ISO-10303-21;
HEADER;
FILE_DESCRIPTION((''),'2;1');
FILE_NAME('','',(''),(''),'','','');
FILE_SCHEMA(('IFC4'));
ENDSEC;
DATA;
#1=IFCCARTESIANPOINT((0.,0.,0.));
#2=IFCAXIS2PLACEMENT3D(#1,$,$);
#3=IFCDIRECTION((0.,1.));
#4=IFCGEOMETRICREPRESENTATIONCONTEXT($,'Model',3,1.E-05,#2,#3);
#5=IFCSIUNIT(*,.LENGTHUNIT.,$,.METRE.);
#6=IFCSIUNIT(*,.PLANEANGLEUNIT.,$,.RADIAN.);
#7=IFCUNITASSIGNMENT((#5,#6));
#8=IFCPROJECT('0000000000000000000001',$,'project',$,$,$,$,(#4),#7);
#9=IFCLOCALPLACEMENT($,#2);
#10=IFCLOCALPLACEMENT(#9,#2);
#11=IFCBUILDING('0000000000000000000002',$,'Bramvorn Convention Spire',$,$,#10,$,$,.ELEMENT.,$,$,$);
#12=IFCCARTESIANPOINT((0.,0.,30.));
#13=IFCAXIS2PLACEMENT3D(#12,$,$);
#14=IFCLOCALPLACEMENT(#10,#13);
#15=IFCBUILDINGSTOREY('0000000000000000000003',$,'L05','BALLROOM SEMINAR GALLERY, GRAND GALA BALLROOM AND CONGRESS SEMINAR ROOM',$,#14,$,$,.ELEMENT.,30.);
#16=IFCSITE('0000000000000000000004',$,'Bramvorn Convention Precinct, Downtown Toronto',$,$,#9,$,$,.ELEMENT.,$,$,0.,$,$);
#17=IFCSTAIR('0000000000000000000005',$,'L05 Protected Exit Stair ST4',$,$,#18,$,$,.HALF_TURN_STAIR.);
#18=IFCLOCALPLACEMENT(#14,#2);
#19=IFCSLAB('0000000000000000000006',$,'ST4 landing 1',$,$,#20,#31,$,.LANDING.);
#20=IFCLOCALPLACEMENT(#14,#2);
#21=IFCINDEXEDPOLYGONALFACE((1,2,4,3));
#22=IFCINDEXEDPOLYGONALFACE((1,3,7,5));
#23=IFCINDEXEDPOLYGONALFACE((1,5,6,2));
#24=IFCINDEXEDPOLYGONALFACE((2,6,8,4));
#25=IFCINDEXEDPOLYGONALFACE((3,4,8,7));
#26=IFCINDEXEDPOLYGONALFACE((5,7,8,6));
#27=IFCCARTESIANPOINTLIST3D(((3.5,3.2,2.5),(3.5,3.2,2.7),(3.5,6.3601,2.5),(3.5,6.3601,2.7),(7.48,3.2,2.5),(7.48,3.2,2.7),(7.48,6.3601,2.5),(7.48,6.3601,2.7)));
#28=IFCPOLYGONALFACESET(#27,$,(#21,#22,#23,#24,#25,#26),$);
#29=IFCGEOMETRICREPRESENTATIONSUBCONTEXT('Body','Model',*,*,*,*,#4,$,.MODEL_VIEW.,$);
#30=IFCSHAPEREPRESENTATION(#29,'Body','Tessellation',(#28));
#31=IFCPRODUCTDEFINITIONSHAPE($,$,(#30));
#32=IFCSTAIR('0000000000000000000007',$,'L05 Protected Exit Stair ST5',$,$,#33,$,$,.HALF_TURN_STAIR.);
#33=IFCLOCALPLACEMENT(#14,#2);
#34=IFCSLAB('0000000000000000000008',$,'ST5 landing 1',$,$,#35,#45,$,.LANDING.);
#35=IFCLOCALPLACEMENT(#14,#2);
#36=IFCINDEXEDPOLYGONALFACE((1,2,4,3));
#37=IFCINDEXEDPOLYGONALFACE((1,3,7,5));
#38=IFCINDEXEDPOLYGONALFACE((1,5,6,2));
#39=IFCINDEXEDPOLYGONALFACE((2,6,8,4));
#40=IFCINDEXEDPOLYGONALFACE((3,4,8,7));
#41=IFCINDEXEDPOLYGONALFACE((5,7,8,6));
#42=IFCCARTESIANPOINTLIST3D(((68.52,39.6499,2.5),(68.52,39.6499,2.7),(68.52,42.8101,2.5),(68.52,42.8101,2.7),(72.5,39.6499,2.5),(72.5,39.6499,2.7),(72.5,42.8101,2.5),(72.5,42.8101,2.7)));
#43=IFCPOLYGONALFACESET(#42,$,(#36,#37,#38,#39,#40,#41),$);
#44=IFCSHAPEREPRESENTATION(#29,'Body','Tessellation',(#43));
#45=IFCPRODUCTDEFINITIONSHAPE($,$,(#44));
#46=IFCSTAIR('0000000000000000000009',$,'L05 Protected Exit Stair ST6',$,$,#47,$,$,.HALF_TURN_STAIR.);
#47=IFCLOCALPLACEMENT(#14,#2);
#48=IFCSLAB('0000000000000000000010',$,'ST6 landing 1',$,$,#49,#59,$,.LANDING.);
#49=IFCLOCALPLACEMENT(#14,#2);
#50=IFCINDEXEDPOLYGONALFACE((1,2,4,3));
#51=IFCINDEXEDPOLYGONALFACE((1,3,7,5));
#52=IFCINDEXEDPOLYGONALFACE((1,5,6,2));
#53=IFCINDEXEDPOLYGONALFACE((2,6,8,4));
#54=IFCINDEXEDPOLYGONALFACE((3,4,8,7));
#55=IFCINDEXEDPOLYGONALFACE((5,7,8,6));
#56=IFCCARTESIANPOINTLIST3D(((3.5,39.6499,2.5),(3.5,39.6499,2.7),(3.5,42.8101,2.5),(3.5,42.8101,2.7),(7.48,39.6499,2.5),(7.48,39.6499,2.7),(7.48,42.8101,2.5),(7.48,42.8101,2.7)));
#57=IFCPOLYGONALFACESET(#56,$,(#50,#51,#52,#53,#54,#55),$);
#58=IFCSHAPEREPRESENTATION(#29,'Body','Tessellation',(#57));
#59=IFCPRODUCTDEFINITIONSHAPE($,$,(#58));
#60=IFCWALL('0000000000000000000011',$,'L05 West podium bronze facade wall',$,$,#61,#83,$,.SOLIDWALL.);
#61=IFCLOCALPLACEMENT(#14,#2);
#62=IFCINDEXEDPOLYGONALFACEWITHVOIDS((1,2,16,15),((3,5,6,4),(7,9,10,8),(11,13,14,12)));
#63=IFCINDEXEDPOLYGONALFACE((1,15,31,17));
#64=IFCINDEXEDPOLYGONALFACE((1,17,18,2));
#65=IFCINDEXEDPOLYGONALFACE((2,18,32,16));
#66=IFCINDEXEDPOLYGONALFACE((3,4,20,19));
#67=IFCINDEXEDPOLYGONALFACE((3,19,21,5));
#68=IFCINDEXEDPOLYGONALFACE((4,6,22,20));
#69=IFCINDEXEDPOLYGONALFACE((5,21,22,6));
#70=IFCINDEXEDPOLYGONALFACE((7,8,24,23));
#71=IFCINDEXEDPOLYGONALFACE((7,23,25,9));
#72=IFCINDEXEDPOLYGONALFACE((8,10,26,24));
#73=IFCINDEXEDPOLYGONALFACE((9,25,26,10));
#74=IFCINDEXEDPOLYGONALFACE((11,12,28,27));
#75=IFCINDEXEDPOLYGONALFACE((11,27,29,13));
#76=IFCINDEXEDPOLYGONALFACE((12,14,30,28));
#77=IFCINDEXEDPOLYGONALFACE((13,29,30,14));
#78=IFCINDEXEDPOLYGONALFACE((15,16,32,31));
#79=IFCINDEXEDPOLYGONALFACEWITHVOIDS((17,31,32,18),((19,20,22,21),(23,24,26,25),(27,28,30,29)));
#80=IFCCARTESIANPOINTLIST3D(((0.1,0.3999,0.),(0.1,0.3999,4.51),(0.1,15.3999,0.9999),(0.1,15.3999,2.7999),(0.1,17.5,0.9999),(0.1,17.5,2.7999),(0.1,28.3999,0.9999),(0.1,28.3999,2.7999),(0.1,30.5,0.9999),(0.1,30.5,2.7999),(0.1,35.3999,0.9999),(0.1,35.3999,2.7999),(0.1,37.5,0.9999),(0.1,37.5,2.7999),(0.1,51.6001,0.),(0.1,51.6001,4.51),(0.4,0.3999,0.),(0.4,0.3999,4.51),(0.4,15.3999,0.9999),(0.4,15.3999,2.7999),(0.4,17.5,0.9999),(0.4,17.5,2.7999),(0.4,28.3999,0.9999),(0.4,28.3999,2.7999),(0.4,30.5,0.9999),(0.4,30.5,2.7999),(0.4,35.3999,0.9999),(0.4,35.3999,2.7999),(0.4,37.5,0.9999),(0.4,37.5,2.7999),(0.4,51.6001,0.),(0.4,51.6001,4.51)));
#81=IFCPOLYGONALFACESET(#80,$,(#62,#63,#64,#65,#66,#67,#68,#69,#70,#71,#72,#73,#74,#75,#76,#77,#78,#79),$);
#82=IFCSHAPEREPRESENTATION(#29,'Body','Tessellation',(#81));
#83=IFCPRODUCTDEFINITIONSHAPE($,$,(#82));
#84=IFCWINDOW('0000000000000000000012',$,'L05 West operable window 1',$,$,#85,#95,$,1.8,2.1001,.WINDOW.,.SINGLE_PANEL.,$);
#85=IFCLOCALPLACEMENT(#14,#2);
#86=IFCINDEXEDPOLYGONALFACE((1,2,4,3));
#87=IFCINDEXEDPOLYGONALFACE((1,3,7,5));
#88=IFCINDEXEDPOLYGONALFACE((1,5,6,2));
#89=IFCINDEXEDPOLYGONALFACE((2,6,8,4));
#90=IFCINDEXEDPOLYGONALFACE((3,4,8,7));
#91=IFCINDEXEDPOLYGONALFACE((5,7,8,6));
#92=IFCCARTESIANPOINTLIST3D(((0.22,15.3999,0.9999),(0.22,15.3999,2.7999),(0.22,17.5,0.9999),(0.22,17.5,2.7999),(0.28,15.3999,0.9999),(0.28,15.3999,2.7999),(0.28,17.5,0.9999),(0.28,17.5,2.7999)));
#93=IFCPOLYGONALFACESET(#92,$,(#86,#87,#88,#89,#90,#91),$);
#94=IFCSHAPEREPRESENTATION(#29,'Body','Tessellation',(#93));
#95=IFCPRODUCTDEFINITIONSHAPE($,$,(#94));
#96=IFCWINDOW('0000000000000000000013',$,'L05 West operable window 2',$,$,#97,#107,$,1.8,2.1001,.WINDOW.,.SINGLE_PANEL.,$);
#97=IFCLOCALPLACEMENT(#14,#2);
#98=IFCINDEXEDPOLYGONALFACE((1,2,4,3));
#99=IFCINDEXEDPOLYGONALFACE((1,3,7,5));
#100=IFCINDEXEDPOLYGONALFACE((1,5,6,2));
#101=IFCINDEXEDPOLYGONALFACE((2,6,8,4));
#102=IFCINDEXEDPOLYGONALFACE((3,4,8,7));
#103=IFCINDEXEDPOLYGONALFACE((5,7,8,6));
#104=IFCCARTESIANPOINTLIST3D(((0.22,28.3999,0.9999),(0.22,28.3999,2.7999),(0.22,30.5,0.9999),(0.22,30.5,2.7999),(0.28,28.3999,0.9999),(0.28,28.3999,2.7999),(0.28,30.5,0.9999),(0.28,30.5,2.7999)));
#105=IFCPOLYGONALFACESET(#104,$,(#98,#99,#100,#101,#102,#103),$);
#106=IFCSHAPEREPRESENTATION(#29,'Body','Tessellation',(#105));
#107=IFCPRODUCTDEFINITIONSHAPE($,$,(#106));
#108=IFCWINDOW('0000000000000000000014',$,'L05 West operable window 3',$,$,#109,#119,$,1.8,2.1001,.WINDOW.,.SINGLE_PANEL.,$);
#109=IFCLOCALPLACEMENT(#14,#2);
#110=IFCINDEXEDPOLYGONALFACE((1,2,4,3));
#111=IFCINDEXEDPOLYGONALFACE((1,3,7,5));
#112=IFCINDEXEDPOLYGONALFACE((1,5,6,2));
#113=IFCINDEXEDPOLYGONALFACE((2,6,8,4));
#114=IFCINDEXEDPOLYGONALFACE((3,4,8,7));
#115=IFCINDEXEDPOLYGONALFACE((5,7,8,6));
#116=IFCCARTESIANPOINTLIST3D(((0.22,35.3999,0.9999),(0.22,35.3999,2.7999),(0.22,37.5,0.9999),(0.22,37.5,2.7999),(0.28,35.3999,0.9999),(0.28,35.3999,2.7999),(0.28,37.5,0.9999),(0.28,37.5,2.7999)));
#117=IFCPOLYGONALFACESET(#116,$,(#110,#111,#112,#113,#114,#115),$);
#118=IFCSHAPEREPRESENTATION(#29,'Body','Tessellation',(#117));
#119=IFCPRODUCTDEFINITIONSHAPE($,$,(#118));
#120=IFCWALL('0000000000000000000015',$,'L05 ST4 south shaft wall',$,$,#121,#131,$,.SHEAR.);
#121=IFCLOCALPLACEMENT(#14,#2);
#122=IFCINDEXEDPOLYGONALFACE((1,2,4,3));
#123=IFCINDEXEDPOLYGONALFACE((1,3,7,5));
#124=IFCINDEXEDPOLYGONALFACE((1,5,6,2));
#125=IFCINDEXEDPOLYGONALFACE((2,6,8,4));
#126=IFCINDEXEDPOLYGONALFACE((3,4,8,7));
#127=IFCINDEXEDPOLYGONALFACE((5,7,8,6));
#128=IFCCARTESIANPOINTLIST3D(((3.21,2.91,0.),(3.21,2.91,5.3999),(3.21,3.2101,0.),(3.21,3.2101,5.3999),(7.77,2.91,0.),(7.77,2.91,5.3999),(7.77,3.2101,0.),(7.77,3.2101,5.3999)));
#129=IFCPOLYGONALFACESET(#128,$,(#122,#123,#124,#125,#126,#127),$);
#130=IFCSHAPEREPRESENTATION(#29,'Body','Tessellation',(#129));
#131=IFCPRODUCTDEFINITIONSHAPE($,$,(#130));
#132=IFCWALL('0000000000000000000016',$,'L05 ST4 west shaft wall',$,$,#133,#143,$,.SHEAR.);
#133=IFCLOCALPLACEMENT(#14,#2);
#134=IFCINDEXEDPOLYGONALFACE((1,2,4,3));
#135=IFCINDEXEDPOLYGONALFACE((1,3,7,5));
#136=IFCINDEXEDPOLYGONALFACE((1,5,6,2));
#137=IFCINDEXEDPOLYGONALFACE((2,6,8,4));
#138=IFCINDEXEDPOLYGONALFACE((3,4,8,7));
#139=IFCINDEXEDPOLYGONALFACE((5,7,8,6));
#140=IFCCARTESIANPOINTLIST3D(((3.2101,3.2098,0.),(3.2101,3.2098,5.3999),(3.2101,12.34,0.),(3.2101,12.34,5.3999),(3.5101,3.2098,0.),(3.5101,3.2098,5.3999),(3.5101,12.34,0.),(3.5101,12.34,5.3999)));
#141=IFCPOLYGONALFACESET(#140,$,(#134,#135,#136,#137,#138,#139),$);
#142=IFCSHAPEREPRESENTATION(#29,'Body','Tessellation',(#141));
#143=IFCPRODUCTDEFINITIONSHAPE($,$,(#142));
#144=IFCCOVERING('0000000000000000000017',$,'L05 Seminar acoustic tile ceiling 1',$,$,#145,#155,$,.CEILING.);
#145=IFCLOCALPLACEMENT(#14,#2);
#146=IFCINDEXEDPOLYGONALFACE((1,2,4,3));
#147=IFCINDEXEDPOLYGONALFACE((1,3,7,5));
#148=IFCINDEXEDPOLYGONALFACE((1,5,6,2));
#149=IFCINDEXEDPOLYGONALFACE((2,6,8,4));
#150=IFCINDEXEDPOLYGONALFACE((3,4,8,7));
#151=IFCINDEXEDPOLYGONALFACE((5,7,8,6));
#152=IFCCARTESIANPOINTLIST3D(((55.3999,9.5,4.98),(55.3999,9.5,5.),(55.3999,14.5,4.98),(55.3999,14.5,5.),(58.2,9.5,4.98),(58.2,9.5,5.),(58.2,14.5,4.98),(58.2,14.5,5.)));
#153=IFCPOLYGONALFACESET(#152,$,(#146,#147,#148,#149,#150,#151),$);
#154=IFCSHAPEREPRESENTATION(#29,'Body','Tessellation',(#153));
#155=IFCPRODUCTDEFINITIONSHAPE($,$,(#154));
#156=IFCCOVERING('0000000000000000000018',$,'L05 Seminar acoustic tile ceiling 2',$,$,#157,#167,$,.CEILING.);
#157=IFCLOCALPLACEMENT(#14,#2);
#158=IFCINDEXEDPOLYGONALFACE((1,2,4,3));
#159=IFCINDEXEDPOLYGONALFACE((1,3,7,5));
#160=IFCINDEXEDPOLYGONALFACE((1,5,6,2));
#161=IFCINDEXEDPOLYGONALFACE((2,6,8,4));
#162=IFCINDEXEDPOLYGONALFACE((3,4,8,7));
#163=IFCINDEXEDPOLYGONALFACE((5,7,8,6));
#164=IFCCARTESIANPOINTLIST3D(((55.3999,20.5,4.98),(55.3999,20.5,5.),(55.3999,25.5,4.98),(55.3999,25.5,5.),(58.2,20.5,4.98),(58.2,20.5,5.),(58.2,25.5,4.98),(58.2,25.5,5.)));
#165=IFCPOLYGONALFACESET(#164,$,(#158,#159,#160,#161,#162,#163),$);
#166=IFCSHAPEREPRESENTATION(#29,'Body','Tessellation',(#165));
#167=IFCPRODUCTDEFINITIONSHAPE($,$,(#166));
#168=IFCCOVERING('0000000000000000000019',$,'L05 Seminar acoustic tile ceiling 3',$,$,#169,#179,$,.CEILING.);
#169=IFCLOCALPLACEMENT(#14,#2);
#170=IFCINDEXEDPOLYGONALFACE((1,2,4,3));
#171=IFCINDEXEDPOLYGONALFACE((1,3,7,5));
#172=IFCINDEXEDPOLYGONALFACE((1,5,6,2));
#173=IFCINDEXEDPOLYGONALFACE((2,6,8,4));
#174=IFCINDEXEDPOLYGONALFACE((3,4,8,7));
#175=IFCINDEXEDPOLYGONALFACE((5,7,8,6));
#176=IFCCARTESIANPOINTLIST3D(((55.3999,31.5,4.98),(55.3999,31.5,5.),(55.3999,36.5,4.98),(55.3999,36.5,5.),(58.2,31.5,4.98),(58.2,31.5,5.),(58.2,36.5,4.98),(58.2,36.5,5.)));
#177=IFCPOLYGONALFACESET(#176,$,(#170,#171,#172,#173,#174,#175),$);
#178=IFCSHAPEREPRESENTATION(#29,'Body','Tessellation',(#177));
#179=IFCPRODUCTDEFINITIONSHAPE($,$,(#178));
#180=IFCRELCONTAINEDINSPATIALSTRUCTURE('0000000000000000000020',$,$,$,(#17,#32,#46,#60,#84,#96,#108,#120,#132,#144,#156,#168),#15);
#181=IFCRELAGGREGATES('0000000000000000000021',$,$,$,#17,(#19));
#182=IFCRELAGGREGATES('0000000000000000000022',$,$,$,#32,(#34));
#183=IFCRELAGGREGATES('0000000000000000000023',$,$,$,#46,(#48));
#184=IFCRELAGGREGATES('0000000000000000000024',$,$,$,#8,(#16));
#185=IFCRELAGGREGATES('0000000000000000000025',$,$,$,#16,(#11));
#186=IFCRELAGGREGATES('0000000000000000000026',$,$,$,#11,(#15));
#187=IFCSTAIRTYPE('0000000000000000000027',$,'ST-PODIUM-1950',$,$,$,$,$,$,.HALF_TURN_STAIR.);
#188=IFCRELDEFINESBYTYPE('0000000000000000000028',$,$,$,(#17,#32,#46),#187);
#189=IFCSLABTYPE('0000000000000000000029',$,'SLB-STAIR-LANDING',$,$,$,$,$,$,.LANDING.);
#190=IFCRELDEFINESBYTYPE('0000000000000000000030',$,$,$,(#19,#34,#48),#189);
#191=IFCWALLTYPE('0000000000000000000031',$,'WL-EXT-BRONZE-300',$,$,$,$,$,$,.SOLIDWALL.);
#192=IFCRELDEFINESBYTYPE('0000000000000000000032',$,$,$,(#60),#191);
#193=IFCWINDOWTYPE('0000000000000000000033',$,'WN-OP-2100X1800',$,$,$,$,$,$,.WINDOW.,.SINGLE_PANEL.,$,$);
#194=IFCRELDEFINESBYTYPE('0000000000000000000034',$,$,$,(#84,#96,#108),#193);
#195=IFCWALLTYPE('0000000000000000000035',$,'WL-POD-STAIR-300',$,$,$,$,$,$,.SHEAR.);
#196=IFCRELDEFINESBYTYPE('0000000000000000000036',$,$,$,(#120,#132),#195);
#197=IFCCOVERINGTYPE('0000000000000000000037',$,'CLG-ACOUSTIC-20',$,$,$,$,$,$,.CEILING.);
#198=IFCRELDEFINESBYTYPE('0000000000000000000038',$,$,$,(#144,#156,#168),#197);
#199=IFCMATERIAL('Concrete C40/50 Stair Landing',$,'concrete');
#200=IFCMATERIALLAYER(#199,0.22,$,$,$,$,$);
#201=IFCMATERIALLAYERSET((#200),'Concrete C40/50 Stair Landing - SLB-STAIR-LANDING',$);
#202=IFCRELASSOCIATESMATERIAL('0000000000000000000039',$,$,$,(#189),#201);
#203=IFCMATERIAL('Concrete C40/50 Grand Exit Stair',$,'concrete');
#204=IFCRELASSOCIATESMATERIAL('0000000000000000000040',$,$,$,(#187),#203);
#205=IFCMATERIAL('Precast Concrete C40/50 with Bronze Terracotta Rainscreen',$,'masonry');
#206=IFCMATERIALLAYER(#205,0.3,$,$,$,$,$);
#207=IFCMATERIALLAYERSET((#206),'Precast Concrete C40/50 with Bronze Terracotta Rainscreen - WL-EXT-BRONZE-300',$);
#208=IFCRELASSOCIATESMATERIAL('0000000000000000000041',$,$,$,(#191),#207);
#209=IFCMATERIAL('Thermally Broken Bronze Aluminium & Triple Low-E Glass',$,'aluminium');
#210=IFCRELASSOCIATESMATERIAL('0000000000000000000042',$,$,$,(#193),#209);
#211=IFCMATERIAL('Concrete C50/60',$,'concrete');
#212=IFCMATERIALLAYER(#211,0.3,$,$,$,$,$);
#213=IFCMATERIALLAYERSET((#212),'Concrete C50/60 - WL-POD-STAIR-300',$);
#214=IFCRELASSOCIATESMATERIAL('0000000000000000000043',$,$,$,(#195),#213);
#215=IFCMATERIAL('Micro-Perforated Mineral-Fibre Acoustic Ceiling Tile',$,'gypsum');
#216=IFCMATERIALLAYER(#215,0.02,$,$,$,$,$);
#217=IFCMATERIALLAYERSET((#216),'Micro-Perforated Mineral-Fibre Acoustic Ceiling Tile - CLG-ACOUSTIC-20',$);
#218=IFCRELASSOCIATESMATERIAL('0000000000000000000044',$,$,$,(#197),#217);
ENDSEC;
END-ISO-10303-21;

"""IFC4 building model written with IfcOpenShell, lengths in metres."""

from ifc_helpers import new_model, si_unit, direction, frame, frame_2d, origin, place, context, subcontext, project, spatial, polyline, rectangle, outline, extrude, material, layer, layer_set, type_object, element, fill, aggregate, save


model = new_model("IFC4")

# Units and contexts
model_context = context("Model", 3, precision=1e-05, world=origin(), true_north=direction((0.0, 1.0)))
body_context = subcontext(model_context, "Body", "Model", "MODEL_VIEW")
ifc_project = project(units=[si_unit("LENGTHUNIT", "METRE"), si_unit("PLANEANGLEUNIT", "RADIAN")], contexts=[model_context])

# Site, building, storey
site_placement = place(None, origin())
site = spatial("IfcSite", under=ifc_project, at=site_placement, Name="Bramvorn Convention Precinct, Downtown Toronto", CompositionType="ELEMENT", RefElevation=0.0)
building_placement = place(site_placement, origin())
building = spatial("IfcBuilding", under=site, at=building_placement, Name="Bramvorn Convention Spire", CompositionType="ELEMENT")
storey_placement = place(building_placement, frame((0.0, 0.0, 30.0)))
storey = spatial("IfcBuildingStorey", under=building, at=storey_placement, Name="L05", Description="BALLROOM SEMINAR GALLERY, GRAND GALA BALLROOM AND CONGRESS SEMINAR ROOM", CompositionType="ELEMENT", Elevation=30.0)

# Shared definitions
ifc_material_1 = material(Name="Concrete C50/60", Category="concrete")

# Stairs, slabs
ifc_material_2 = material(Name="Concrete C40/50 Stair Landing", Category="concrete")
ifc_layer_1 = layer(ifc_material_2, 0.22)
ifc_layer_set_1 = layer_set([ifc_layer_1], Name="Concrete C40/50 Stair Landing - SLB-STAIR-LANDING")
slab_type_1 = type_object("IfcSlabType", Name="SLB-STAIR-LANDING", PredefinedType="LANDING", material=ifc_layer_set_1)
ifc_material_3 = material(Name="Concrete C40/50 Grand Exit Stair", Category="concrete")
stair_type_1 = type_object("IfcStairType", Name="ST-PODIUM-1950", PredefinedType="HALF_TURN_STAIR", material=ifc_material_3)
stair_1_placement = place(storey_placement, origin())
stair_1 = element("IfcStair", 1, at=stair_1_placement, inside=storey, type_object=stair_type_1, Name="L05 Protected Exit Stair ST4", PredefinedType="HALF_TURN_STAIR")
slab_1_placement = place(storey_placement, frame((0.0, 0.0, 2.5)))
slab_1 = element("IfcSlab", 2, at=slab_1_placement, type_object=slab_type_1, Name="ST4 landing 1", PredefinedType="LANDING", context=body_context, shape_type="SweptSolid", body=[
    extrude(outline(polyline([(3.5, 6.3601), (3.5, 3.2), (7.48, 3.2), (7.48, 6.3601), (3.5, 6.3601)])), origin(), (0.0, 0.0, 1.0), 0.2),
])
aggregate(stair_1, [slab_1])
stair_2_placement = place(storey_placement, origin())
stair_2 = element("IfcStair", 3, at=stair_2_placement, inside=storey, type_object=stair_type_1, Name="L05 Protected Exit Stair ST5", PredefinedType="HALF_TURN_STAIR")
slab_2_placement = place(storey_placement, frame((0.0, 0.0, 2.5)))
slab_2 = element("IfcSlab", 4, at=slab_2_placement, type_object=slab_type_1, Name="ST5 landing 1", PredefinedType="LANDING", context=body_context, shape_type="SweptSolid", body=[
    extrude(outline(polyline([(68.52, 42.8101), (68.52, 39.6499), (72.5, 39.6499), (72.5, 42.8101), (68.52, 42.8101)])), origin(), (0.0, 0.0, 1.0), 0.2),
])
aggregate(stair_2, [slab_2])
stair_3_placement = place(storey_placement, origin())
stair_3 = element("IfcStair", 5, at=stair_3_placement, inside=storey, type_object=stair_type_1, Name="L05 Protected Exit Stair ST6", PredefinedType="HALF_TURN_STAIR")
slab_3_placement = place(storey_placement, frame((0.0, 0.0, 2.5)))
slab_3 = element("IfcSlab", 6, at=slab_3_placement, type_object=slab_type_1, Name="ST6 landing 1", PredefinedType="LANDING", context=body_context, shape_type="SweptSolid", body=[
    extrude(outline(polyline([(3.5, 42.8101), (3.5, 39.6499), (7.48, 39.6499), (7.48, 42.8101), (3.5, 42.8101)])), origin(), (0.0, 0.0, 1.0), 0.2),
])
aggregate(stair_3, [slab_3])

# Wall, openings, windows
ifc_material_4 = material(Name="Precast Concrete C40/50 with Bronze Terracotta Rainscreen", Category="masonry")
ifc_layer_2 = layer(ifc_material_4, 0.3)
ifc_layer_set_2 = layer_set([ifc_layer_2], Name="Precast Concrete C40/50 with Bronze Terracotta Rainscreen - WL-EXT-BRONZE-300")
wall_type_1 = type_object("IfcWallType", Name="WL-EXT-BRONZE-300", PredefinedType="SOLIDWALL", material=ifc_layer_set_2)
wall_1_placement = place(storey_placement, frame((0.25, 0.3999, 0.0), z_axis=(0.0, 0.0, 1.0), x_axis=(0.0, 1.0, 0.0)))
wall_1 = element("IfcWall", 7, at=wall_1_placement, inside=storey, type_object=wall_type_1, Name="L05 West podium bronze facade wall", PredefinedType="SOLIDWALL", context=body_context, shape_type="SweptSolid", body=[
    extrude(rectangle(XDim=51.2002, YDim=0.3, at=frame_2d((25.6001, 0.0))), origin(), (0.0, 0.0, 1.0), 4.51),
])
opening_1_placement = place(wall_1_placement, frame((15.0, 0.0, 1.0)))
opening_1 = element("IfcOpeningElement", 8, at=opening_1_placement, cuts=wall_1, PredefinedType="OPENING", context=body_context, shape_type="SweptSolid", body=[
    extrude(rectangle(XDim=2.1001, YDim=1.8, at=frame_2d((1.05, 0.8999))), frame((0.0, 0.1599, 0.0), z_axis=(0.0, -1.0, 0.0), x_axis=(1.0, 0.0, 0.0)), (0.0, 0.0, 1.0), 0.3201),
])
opening_2_placement = place(wall_1_placement, frame((28.0, 0.0, 1.0)))
opening_2 = element("IfcOpeningElement", 9, at=opening_2_placement, cuts=wall_1, PredefinedType="OPENING", context=body_context, shape_type="SweptSolid", body=[
    extrude(rectangle(XDim=2.1001, YDim=1.8, at=frame_2d((1.05, 0.8999))), frame((0.0, 0.1599, 0.0), z_axis=(0.0, -1.0, 0.0), x_axis=(1.0, 0.0, 0.0)), (0.0, 0.0, 1.0), 0.3201),
])
opening_3_placement = place(wall_1_placement, frame((35.0, 0.0, 1.0)))
opening_3 = element("IfcOpeningElement", 10, at=opening_3_placement, cuts=wall_1, PredefinedType="OPENING", context=body_context, shape_type="SweptSolid", body=[
    extrude(rectangle(XDim=2.1001, YDim=1.8, at=frame_2d((1.05, 0.8999))), frame((0.0, 0.1599, 0.0), z_axis=(0.0, -1.0, 0.0), x_axis=(1.0, 0.0, 0.0)), (0.0, 0.0, 1.0), 0.3201),
])
ifc_material_5 = material(Name="Thermally Broken Bronze Aluminium & Triple Low-E Glass", Category="aluminium")
window_type = type_object("IfcWindowType", Name="WN-OP-2100X1800", PartitioningType="SINGLE_PANEL", PredefinedType="WINDOW", material=ifc_material_5)
window_1_placement = place(opening_1_placement, origin())
window_1 = element("IfcWindow", 11, at=window_1_placement, inside=storey, type_object=window_type, Name="L05 West operable window 1", OverallHeight=1.8, OverallWidth=2.1001, PartitioningType="SINGLE_PANEL", PredefinedType="WINDOW", context=body_context, shape_type="SweptSolid", body=[
    extrude(rectangle(XDim=2.1001, YDim=1.8, at=frame_2d((1.05, 0.8999))), frame((0.0, 0.03, 0.0), z_axis=(0.0, -1.0, 0.0), x_axis=(1.0, 0.0, 0.0)), (0.0, 0.0, 1.0), 0.0601),
])
fill(opening_1, window_1)
window_2_placement = place(opening_2_placement, origin())
window_2 = element("IfcWindow", 12, at=window_2_placement, inside=storey, type_object=window_type, Name="L05 West operable window 2", OverallHeight=1.8, OverallWidth=2.1001, PartitioningType="SINGLE_PANEL", PredefinedType="WINDOW", context=body_context, shape_type="SweptSolid", body=[
    extrude(rectangle(XDim=2.1001, YDim=1.8, at=frame_2d((1.05, 0.8999))), frame((0.0, 0.03, 0.0), z_axis=(0.0, -1.0, 0.0), x_axis=(1.0, 0.0, 0.0)), (0.0, 0.0, 1.0), 0.0601),
])
fill(opening_2, window_2)
window_3_placement = place(opening_3_placement, origin())
window_3 = element("IfcWindow", 13, at=window_3_placement, inside=storey, type_object=window_type, Name="L05 West operable window 3", OverallHeight=1.8, OverallWidth=2.1001, PartitioningType="SINGLE_PANEL", PredefinedType="WINDOW", context=body_context, shape_type="SweptSolid", body=[
    extrude(rectangle(XDim=2.1001, YDim=1.8, at=frame_2d((1.05, 0.8999))), frame((0.0, 0.03, 0.0), z_axis=(0.0, -1.0, 0.0), x_axis=(1.0, 0.0, 0.0)), (0.0, 0.0, 1.0), 0.0601),
])
fill(opening_3, window_3)

# Walls
ifc_layer_3 = layer(ifc_material_1, 0.3)
ifc_layer_set_3 = layer_set([ifc_layer_3], Name="Concrete C50/60 - WL-POD-STAIR-300")
wall_type_2 = type_object("IfcWallType", Name="WL-POD-STAIR-300", PredefinedType="SHEAR", material=ifc_layer_set_3)
wall_2_placement = place(storey_placement, frame((3.21, 3.0601, 0.0), z_axis=(0.0, 0.0, 1.0), x_axis=(1.0, 0.0, 0.0)))
element("IfcWall", 14, at=wall_2_placement, inside=storey, type_object=wall_type_2, Name="L05 ST4 south shaft wall", PredefinedType="SHEAR", context=body_context, shape_type="SweptSolid", body=[
    extrude(rectangle(XDim=4.5601, YDim=0.3, at=frame_2d((2.28, 0.0))), origin(), (0.0, 0.0, 1.0), 5.3999),
])
wall_3_placement = place(storey_placement, frame((3.3601, 3.21, 0.0), z_axis=(0.0, 0.0, 1.0), x_axis=(0.0, 1.0, 0.0)))
element("IfcWall", 15, at=wall_3_placement, inside=storey, type_object=wall_type_2, Name="L05 ST4 west shaft wall", PredefinedType="SHEAR", context=body_context, shape_type="SweptSolid", body=[
    extrude(rectangle(XDim=9.1301, YDim=0.3, at=frame_2d((4.5649, 0.0))), origin(), (0.0, 0.0, 1.0), 5.3999),
])

# Coverings
ifc_material_6 = material(Name="Micro-Perforated Mineral-Fibre Acoustic Ceiling Tile", Category="gypsum")
ifc_layer_4 = layer(ifc_material_6, 0.02)
ifc_layer_set_4 = layer_set([ifc_layer_4], Name="Micro-Perforated Mineral-Fibre Acoustic Ceiling Tile - CLG-ACOUSTIC-20")
covering_type = type_object("IfcCoveringType", Name="CLG-ACOUSTIC-20", PredefinedType="CEILING", material=ifc_layer_set_4)
covering_1_placement = place(storey_placement, frame((0.0, 0.0, 4.98)))
element("IfcCovering", 16, at=covering_1_placement, inside=storey, type_object=covering_type, Name="L05 Seminar acoustic tile ceiling 1", PredefinedType="CEILING", context=body_context, shape_type="SweptSolid", body=[
    extrude(outline(polyline([(55.3999, 9.5), (58.2, 9.5), (58.2, 14.5), (55.3999, 14.5), (55.3999, 9.5)])), origin(), (0.0, 0.0, 1.0), 0.02),
])
covering_2_placement = place(storey_placement, frame((0.0, 0.0, 4.98)))
element("IfcCovering", 17, at=covering_2_placement, inside=storey, type_object=covering_type, Name="L05 Seminar acoustic tile ceiling 2", PredefinedType="CEILING", context=body_context, shape_type="SweptSolid", body=[
    extrude(outline(polyline([(55.3999, 20.5), (58.2, 20.5), (58.2, 25.5), (55.3999, 25.5), (55.3999, 20.5)])), origin(), (0.0, 0.0, 1.0), 0.02),
])
covering_3_placement = place(storey_placement, frame((0.0, 0.0, 4.98)))
element("IfcCovering", 18, at=covering_3_placement, inside=storey, type_object=covering_type, Name="L05 Seminar acoustic tile ceiling 3", PredefinedType="CEILING", context=body_context, shape_type="SweptSolid", body=[
    extrude(outline(polyline([(55.3999, 31.5), (58.2, 31.5), (58.2, 36.5), (55.3999, 36.5), (55.3999, 31.5)])), origin(), (0.0, 0.0, 1.0), 0.02),
])

save(model, "model.ifc")
